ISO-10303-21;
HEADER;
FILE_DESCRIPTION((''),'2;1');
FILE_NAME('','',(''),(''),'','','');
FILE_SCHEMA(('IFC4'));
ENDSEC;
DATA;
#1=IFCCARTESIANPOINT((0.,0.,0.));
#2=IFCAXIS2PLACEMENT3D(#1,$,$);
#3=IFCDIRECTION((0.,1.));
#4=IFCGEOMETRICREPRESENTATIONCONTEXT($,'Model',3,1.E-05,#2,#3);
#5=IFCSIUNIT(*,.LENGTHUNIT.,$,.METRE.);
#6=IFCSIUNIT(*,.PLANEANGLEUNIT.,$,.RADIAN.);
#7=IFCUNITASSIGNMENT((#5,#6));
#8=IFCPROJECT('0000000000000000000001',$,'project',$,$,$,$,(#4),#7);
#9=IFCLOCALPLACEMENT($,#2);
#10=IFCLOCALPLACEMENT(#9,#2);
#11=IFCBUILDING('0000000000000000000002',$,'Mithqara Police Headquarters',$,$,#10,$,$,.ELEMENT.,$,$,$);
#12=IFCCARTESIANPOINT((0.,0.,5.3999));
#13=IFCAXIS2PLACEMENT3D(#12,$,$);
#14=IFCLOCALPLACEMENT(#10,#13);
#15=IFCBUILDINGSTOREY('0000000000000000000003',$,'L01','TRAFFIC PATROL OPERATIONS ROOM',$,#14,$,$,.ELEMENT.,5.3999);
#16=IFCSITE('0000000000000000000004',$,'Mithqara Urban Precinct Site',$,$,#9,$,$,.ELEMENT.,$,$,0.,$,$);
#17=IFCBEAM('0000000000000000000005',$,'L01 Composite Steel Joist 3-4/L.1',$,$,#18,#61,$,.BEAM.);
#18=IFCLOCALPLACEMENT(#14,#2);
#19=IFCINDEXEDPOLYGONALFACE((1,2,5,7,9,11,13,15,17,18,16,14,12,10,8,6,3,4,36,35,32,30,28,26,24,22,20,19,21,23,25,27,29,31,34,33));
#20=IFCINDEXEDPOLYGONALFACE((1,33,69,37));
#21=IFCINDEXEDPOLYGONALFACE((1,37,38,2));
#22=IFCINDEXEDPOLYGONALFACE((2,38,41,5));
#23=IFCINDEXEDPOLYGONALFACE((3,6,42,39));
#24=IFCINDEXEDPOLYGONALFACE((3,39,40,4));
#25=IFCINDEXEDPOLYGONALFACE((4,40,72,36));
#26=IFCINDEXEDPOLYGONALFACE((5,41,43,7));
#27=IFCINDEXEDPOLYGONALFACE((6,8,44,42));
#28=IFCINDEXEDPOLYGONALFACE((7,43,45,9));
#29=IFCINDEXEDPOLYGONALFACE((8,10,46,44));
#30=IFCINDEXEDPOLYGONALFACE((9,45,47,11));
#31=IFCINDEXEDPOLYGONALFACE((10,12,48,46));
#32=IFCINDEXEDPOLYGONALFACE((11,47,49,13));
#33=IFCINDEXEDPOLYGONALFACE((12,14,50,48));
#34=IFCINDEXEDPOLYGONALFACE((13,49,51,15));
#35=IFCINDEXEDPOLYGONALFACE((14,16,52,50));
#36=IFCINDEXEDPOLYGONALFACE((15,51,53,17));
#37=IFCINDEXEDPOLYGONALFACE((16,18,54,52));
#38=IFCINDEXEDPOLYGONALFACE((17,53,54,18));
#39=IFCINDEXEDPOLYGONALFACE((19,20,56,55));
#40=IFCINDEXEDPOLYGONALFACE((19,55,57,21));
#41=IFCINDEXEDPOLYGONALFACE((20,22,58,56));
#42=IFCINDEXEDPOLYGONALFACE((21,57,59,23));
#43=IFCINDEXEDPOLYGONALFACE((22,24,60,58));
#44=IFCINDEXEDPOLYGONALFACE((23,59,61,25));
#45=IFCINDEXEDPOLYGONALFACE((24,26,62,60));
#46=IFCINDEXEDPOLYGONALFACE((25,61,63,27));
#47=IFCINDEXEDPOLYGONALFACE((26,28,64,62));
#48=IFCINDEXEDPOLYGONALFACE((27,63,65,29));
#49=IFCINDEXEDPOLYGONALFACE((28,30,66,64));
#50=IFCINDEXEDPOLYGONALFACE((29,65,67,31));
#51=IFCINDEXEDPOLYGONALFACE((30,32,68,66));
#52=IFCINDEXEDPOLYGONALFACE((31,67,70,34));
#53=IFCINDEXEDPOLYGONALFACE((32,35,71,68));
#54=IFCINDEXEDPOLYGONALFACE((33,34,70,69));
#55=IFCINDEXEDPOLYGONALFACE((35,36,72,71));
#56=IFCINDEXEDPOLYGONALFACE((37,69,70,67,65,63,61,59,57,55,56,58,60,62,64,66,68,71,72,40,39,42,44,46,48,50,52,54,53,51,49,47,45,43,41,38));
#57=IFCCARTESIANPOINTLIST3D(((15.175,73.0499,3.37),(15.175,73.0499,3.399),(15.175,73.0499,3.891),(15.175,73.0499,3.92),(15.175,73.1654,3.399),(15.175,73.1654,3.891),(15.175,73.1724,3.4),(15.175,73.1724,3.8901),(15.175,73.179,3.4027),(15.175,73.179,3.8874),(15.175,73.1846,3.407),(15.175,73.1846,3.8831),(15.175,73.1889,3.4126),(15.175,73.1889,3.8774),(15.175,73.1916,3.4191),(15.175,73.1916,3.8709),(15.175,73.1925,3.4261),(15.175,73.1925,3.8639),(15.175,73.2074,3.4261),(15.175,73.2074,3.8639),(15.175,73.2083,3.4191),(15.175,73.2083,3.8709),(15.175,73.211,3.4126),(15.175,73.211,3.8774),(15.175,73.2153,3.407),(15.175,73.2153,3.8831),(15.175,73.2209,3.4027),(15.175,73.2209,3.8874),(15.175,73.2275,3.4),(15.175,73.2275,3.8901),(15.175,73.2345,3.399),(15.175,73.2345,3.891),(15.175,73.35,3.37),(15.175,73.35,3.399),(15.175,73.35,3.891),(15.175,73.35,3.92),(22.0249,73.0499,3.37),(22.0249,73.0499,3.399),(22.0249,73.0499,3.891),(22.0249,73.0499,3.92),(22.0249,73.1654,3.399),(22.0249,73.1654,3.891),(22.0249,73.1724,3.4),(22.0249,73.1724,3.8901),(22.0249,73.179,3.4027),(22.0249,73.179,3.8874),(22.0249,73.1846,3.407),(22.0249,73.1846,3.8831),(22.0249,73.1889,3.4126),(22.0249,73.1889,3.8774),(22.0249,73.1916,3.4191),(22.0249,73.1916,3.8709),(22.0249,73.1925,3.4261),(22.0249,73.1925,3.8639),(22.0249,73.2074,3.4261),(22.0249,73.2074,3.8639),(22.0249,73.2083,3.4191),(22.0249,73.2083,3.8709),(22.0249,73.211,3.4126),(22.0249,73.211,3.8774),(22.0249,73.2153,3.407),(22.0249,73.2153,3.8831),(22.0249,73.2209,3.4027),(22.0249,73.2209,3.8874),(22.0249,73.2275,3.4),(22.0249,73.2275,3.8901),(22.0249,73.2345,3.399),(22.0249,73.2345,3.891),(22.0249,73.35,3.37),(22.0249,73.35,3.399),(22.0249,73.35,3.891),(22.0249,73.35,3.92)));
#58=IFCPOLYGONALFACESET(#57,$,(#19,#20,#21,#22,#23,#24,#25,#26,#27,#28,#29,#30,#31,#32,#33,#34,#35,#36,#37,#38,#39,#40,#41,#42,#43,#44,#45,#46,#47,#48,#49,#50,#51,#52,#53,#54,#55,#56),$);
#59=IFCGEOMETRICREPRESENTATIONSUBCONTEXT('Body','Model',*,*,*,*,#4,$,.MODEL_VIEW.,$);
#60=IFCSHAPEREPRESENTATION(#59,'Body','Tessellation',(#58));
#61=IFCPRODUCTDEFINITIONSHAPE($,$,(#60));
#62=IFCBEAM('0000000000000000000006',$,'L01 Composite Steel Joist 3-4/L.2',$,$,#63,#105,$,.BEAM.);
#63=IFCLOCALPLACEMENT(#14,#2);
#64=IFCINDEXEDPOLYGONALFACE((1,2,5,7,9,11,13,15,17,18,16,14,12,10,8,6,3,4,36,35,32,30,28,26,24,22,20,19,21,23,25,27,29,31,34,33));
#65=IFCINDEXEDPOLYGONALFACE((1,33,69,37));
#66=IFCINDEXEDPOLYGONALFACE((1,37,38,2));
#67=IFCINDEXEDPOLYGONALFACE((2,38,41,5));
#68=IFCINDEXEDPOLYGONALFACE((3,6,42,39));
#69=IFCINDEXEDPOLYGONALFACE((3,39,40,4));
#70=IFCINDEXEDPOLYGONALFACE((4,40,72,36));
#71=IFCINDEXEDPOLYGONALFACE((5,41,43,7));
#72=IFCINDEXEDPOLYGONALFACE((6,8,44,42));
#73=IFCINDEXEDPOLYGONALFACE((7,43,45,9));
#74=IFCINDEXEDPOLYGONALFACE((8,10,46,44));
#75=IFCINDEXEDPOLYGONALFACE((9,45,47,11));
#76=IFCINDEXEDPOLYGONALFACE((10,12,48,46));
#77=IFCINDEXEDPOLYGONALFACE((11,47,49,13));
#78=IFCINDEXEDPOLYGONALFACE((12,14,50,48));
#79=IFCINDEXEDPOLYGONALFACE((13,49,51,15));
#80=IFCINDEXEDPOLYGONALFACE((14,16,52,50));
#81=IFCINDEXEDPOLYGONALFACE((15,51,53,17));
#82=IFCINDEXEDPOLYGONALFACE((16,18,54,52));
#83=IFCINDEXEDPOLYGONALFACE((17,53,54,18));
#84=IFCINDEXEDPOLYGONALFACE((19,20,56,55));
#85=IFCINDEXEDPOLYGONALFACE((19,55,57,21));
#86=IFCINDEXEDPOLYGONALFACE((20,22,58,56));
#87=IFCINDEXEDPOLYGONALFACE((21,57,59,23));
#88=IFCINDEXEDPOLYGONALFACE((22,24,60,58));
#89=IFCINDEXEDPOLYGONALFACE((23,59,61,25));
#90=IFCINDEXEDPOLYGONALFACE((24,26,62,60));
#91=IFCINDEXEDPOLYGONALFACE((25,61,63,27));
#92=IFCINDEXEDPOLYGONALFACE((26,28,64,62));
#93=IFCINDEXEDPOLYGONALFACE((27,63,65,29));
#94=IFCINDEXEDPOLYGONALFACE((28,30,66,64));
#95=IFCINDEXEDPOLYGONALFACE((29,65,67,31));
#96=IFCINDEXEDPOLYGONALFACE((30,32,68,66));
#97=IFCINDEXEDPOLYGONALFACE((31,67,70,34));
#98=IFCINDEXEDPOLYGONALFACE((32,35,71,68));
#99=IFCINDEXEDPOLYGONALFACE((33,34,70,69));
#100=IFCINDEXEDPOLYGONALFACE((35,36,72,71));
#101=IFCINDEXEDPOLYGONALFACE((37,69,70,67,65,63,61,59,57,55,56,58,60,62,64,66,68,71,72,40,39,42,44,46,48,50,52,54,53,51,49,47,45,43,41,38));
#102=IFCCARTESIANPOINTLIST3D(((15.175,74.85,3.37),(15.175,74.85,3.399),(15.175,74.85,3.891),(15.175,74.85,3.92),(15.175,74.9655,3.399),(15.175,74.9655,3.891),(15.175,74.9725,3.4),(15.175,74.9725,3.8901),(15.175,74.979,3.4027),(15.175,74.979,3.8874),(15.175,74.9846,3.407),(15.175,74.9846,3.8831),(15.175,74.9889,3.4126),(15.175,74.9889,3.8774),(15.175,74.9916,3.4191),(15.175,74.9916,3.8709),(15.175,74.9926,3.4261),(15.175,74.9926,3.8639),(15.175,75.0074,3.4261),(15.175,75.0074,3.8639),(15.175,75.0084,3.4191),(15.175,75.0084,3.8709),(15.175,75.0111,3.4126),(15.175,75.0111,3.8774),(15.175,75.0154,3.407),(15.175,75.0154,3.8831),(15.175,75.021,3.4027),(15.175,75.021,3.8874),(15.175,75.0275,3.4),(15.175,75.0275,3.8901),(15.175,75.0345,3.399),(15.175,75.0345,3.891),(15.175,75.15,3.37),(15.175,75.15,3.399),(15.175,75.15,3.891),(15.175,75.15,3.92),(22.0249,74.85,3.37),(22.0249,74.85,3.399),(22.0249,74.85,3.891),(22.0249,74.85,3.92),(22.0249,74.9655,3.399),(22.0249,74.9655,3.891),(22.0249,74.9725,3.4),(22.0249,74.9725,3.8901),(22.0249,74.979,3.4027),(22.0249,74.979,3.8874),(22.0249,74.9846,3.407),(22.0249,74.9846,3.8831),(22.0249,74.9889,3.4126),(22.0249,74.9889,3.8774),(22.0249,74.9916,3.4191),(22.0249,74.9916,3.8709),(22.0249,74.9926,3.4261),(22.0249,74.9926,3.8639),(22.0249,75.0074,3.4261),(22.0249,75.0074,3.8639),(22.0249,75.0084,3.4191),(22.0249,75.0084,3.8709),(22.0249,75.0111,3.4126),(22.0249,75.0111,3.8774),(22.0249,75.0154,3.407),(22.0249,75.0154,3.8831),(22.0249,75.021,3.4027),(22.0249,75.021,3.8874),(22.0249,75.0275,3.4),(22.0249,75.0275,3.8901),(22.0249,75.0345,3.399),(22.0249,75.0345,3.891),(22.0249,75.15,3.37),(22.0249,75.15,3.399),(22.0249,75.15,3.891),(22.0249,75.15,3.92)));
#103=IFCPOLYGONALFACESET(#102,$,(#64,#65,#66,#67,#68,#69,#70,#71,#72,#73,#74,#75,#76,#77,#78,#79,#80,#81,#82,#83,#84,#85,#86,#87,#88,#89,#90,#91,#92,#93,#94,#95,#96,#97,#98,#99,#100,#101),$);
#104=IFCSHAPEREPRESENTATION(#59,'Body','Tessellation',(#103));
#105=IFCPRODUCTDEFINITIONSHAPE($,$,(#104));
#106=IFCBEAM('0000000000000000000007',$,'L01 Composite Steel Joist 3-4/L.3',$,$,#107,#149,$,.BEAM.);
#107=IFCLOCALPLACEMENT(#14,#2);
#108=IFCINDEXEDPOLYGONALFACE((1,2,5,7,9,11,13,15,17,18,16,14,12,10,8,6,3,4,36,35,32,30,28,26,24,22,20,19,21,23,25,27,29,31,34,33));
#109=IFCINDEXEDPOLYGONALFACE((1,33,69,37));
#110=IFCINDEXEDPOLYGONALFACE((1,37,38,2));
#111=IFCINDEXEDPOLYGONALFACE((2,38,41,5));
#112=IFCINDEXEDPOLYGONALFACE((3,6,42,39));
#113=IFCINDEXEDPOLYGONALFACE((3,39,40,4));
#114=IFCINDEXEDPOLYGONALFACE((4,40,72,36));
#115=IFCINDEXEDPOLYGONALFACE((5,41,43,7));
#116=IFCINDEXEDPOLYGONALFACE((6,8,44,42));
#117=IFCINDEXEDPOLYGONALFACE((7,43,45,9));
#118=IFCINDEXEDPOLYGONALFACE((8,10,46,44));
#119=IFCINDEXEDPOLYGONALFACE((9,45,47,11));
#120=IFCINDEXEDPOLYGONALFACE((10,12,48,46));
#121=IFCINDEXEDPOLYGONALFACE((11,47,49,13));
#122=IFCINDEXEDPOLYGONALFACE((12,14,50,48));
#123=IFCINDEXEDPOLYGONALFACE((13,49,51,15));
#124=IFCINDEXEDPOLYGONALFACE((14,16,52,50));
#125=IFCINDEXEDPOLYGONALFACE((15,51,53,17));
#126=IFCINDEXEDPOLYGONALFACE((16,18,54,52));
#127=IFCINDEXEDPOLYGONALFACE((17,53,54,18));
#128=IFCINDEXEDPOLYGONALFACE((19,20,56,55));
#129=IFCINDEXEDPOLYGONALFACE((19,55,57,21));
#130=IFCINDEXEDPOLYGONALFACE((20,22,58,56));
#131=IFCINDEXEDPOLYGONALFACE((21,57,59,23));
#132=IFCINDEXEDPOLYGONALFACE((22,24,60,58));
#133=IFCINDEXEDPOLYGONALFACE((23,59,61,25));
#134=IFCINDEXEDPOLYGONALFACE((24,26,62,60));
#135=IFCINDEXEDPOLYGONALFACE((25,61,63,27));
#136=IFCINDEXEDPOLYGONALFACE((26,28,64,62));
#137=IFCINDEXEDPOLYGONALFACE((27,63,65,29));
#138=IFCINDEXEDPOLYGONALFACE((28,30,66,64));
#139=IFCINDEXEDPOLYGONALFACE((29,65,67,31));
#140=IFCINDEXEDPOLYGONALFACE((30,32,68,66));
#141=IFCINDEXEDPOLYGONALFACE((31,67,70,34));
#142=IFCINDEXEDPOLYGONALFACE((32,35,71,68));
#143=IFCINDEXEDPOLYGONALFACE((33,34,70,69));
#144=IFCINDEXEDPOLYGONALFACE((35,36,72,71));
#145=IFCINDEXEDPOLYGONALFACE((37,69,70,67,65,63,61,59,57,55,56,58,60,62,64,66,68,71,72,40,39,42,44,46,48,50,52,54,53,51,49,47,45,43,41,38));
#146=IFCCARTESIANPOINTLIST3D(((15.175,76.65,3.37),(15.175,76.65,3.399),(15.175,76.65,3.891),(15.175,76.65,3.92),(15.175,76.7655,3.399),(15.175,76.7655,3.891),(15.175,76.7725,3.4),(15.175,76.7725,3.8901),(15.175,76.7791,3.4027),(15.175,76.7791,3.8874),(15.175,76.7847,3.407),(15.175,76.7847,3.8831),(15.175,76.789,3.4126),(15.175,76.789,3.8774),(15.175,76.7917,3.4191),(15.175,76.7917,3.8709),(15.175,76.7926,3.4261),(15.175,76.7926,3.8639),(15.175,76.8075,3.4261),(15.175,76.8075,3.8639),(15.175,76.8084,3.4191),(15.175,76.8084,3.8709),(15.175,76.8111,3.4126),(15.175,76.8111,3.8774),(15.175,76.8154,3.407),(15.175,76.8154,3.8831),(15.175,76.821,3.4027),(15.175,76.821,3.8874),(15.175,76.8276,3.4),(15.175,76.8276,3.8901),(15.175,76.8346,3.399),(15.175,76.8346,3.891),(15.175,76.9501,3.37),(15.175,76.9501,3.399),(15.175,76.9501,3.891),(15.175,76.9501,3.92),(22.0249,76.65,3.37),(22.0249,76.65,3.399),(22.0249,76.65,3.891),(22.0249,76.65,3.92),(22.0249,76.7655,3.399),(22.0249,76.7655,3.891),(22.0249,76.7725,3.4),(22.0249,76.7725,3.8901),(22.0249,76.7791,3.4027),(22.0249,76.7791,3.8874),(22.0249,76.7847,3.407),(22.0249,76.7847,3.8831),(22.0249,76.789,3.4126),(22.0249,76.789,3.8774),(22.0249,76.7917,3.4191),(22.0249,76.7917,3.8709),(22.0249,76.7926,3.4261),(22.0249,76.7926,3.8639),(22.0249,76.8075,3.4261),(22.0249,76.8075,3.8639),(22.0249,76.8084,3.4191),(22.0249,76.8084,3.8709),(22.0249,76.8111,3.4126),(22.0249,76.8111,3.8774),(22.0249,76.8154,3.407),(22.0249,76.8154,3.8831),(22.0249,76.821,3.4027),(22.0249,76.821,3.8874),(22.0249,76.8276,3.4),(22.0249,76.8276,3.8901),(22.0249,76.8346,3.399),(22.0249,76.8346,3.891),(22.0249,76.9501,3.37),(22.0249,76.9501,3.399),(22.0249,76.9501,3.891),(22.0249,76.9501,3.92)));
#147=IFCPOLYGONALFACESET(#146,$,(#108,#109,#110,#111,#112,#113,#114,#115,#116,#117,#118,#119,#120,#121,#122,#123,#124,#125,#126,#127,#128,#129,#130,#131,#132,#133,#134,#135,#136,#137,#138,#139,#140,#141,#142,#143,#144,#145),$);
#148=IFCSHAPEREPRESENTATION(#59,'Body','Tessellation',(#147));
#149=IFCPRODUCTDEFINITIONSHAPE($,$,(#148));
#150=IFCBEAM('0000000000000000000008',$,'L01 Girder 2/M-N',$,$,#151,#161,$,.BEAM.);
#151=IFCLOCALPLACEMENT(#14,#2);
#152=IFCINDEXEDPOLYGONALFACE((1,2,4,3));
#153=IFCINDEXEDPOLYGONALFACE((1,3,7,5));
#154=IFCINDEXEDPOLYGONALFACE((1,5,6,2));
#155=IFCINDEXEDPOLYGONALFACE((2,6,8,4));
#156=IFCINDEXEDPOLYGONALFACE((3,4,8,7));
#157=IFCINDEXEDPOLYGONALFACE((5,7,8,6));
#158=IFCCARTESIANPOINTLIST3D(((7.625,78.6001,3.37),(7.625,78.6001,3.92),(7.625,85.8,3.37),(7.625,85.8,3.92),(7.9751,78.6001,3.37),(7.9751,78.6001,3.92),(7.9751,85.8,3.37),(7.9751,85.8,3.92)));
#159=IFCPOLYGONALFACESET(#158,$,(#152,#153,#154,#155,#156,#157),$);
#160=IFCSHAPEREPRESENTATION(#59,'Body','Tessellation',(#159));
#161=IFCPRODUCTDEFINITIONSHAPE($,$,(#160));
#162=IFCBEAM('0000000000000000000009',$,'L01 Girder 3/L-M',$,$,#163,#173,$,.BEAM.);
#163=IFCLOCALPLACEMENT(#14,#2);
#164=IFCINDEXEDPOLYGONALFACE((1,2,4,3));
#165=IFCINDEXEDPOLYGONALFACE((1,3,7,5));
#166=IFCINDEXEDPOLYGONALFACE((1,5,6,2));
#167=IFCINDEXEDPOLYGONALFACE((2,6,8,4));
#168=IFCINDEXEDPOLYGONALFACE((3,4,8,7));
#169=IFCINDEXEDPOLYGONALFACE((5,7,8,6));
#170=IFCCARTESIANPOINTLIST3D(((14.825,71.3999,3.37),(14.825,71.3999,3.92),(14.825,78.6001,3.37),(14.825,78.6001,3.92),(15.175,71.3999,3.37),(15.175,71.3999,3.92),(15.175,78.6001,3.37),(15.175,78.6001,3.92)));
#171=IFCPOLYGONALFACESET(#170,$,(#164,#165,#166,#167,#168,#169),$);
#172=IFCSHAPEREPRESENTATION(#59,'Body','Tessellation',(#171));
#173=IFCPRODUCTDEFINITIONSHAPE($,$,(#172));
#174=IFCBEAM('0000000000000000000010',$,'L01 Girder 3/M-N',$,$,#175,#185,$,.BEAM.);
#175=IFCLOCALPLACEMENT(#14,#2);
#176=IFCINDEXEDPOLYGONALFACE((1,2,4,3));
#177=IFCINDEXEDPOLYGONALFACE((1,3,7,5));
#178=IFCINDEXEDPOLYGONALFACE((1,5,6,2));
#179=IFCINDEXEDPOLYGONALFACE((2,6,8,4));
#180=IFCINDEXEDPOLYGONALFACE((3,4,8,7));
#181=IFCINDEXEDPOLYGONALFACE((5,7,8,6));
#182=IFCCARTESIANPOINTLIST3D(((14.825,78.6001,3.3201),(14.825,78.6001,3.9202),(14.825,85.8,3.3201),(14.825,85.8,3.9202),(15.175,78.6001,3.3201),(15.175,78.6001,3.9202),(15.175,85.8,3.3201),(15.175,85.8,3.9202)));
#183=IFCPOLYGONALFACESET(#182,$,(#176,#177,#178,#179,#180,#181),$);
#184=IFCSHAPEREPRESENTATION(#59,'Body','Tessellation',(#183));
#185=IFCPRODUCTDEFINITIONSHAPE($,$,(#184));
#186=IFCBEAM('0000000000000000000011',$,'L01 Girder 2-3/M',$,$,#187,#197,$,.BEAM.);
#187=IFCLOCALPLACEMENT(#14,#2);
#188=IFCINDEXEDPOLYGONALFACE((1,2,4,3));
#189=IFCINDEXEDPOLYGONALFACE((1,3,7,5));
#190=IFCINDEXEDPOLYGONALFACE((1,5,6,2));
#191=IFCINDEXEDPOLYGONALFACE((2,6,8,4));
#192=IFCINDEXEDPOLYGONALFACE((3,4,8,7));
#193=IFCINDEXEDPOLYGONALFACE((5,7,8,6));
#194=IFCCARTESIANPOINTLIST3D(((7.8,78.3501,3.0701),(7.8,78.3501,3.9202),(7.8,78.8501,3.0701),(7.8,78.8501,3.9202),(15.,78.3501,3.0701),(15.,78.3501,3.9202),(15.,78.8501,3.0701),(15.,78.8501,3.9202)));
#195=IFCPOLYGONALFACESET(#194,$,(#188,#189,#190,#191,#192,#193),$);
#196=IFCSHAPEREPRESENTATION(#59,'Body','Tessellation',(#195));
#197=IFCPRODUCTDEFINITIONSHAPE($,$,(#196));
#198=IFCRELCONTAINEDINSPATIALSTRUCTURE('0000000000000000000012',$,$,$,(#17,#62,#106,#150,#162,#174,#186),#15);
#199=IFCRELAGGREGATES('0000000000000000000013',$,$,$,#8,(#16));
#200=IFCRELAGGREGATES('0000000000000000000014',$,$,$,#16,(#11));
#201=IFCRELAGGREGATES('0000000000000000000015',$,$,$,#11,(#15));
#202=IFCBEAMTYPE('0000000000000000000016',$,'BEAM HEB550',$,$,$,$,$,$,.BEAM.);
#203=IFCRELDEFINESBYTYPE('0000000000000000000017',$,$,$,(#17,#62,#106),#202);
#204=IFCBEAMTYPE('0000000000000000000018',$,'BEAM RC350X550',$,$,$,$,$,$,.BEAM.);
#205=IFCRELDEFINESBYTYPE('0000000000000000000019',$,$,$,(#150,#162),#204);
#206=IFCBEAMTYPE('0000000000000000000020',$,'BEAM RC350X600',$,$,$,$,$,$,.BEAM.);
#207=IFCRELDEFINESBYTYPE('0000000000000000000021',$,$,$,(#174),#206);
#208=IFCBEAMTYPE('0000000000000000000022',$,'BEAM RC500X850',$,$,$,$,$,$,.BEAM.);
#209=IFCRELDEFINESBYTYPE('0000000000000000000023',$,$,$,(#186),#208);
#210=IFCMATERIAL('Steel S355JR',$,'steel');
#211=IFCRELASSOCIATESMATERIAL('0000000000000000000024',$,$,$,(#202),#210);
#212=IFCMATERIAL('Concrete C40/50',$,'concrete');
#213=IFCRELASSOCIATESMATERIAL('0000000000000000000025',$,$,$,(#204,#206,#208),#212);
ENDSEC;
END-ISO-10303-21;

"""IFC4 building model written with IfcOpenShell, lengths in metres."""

from ifc_helpers import new_model, si_unit, direction, frame, origin, origin_2d, place, context, subcontext, project, spatial, rectangle, i_section, extrude, material, material_profile, profile_set, type_object, element, save


model = new_model("IFC4")

# Units and contexts
model_context = context("Model", 3, precision=1e-05, world=origin(), true_north=direction((0.0, 1.0)))
body_context = subcontext(model_context, "Body", "Model", "MODEL_VIEW")
ifc_project = project(units=[si_unit("LENGTHUNIT", "METRE"), si_unit("PLANEANGLEUNIT", "RADIAN")], contexts=[model_context])

# Site, building, storey
site_placement = place(None, origin())
site = spatial("IfcSite", under=ifc_project, at=site_placement, Name="Mithqara Urban Precinct Site", CompositionType="ELEMENT", RefElevation=0.0)
building_placement = place(site_placement, origin())
building = spatial("IfcBuilding", under=site, at=building_placement, Name="Mithqara Police Headquarters", CompositionType="ELEMENT")
storey_placement = place(building_placement, frame((0.0, 0.0, 5.3999)))
storey = spatial("IfcBuildingStorey", under=building, at=storey_placement, Name="L01", Description="TRAFFIC PATROL OPERATIONS ROOM", CompositionType="ELEMENT", Elevation=5.3999)

# Beams
ifc_material_1 = material(Name="Steel S355JR", Category="steel")
ifc_material_profile_1 = material_profile(ifc_material_1, i_section(OverallWidth=0.3, OverallDepth=0.55, WebThickness=0.0149, FlangeThickness=0.0291, FilletRadius=0.0271, at=origin_2d()), Name="HEB 550")
ifc_profile_set_1 = profile_set([ifc_material_profile_1], Name="Steel S355JR")
beam_type_1 = type_object("IfcBeamType", Name="BEAM HEB550", PredefinedType="BEAM", material=ifc_profile_set_1)
for number, where, z_axis, x_axis, name in (
    (1, (15.175, 73.2, 3.645), (1.0, 0.0, 0.0), (0.0, 1.0, 0.0), "L01 Composite Steel Joist 3-4/L.1"),
    (2, (15.175, 75.0, 3.645), (1.0, 0.0, 0.0), (0.0, 1.0, 0.0), "L01 Composite Steel Joist 3-4/L.2"),
    (3, (15.175, 76.8, 3.645), (1.0, 0.0, 0.0), (0.0, 1.0, 0.0), "L01 Composite Steel Joist 3-4/L.3"),
):
    element("IfcBeam", number, at=place(storey_placement, frame(where, z_axis=z_axis, x_axis=x_axis)), inside=storey, type_object=beam_type_1, Name=name, PredefinedType="BEAM", context=body_context, shape_type="SweptSolid", body=[
        extrude(i_section(OverallWidth=0.3, OverallDepth=0.55, WebThickness=0.0149, FlangeThickness=0.0291, FilletRadius=0.0271, at=origin_2d()), origin(), (0.0, 0.0, 1.0), 6.8499),
    ])
ifc_material_2 = material(Name="Concrete C40/50", Category="concrete")
ifc_material_profile_2 = material_profile(ifc_material_2, rectangle(XDim=0.3501, YDim=0.55, at=origin_2d()), Name="RC 350x550")
ifc_profile_set_2 = profile_set([ifc_material_profile_2], Name="Concrete C40/50")
beam_type_2 = type_object("IfcBeamType", Name="BEAM RC350X550", PredefinedType="BEAM", material=ifc_profile_set_2)
beam_1_placement = place(storey_placement, frame((7.8, 78.6001, 3.645), z_axis=(0.0, 1.0, 0.0), x_axis=(-1.0, 0.0, 0.0)))
element("IfcBeam", 4, at=beam_1_placement, inside=storey, type_object=beam_type_2, Name="L01 Girder 2/M-N", PredefinedType="BEAM", context=body_context, shape_type="SweptSolid", body=[
    extrude(rectangle(XDim=0.3501, YDim=0.55, at=origin_2d()), origin(), (0.0, 0.0, 1.0), 7.2),
])
beam_2_placement = place(storey_placement, frame((15.0, 71.3999, 3.645), z_axis=(0.0, 1.0, 0.0), x_axis=(-1.0, 0.0, 0.0)))
element("IfcBeam", 5, at=beam_2_placement, inside=storey, type_object=beam_type_2, Name="L01 Girder 3/L-M", PredefinedType="BEAM", context=body_context, shape_type="SweptSolid", body=[
    extrude(rectangle(XDim=0.3501, YDim=0.55, at=origin_2d()), origin(), (0.0, 0.0, 1.0), 7.2002),
])
ifc_material_profile_3 = material_profile(ifc_material_2, rectangle(XDim=0.3501, YDim=0.6001, at=origin_2d()), Name="RC 350x600")
ifc_profile_set_3 = profile_set([ifc_material_profile_3], Name="Concrete C40/50")
beam_type_3 = type_object("IfcBeamType", Name="BEAM RC350X600", PredefinedType="BEAM", material=ifc_profile_set_3)
beam_3_placement = place(storey_placement, frame((15.0, 78.6001, 3.6201), z_axis=(0.0, 1.0, 0.0), x_axis=(-1.0, 0.0, 0.0)))
element("IfcBeam", 6, at=beam_3_placement, inside=storey, type_object=beam_type_3, Name="L01 Girder 3/M-N", PredefinedType="BEAM", context=body_context, shape_type="SweptSolid", body=[
    extrude(rectangle(XDim=0.3501, YDim=0.6001, at=origin_2d()), origin(), (0.0, 0.0, 1.0), 7.2),
])
ifc_material_profile_4 = material_profile(ifc_material_2, rectangle(XDim=0.5, YDim=0.8501, at=origin_2d()), Name="RC 500x850")
ifc_profile_set_4 = profile_set([ifc_material_profile_4], Name="Concrete C40/50")
beam_type_4 = type_object("IfcBeamType", Name="BEAM RC500X850", PredefinedType="BEAM", material=ifc_profile_set_4)
beam_4_placement = place(storey_placement, frame((7.8, 78.6001, 3.4951), z_axis=(1.0, 0.0, 0.0), x_axis=(0.0, 1.0, 0.0)))
element("IfcBeam", 7, at=beam_4_placement, inside=storey, type_object=beam_type_4, Name="L01 Girder 2-3/M", PredefinedType="BEAM", context=body_context, shape_type="SweptSolid", body=[
    extrude(rectangle(XDim=0.5, YDim=0.8501, at=origin_2d()), origin(), (0.0, 0.0, 1.0), 7.2),
])

save(model, "model.ifc")
